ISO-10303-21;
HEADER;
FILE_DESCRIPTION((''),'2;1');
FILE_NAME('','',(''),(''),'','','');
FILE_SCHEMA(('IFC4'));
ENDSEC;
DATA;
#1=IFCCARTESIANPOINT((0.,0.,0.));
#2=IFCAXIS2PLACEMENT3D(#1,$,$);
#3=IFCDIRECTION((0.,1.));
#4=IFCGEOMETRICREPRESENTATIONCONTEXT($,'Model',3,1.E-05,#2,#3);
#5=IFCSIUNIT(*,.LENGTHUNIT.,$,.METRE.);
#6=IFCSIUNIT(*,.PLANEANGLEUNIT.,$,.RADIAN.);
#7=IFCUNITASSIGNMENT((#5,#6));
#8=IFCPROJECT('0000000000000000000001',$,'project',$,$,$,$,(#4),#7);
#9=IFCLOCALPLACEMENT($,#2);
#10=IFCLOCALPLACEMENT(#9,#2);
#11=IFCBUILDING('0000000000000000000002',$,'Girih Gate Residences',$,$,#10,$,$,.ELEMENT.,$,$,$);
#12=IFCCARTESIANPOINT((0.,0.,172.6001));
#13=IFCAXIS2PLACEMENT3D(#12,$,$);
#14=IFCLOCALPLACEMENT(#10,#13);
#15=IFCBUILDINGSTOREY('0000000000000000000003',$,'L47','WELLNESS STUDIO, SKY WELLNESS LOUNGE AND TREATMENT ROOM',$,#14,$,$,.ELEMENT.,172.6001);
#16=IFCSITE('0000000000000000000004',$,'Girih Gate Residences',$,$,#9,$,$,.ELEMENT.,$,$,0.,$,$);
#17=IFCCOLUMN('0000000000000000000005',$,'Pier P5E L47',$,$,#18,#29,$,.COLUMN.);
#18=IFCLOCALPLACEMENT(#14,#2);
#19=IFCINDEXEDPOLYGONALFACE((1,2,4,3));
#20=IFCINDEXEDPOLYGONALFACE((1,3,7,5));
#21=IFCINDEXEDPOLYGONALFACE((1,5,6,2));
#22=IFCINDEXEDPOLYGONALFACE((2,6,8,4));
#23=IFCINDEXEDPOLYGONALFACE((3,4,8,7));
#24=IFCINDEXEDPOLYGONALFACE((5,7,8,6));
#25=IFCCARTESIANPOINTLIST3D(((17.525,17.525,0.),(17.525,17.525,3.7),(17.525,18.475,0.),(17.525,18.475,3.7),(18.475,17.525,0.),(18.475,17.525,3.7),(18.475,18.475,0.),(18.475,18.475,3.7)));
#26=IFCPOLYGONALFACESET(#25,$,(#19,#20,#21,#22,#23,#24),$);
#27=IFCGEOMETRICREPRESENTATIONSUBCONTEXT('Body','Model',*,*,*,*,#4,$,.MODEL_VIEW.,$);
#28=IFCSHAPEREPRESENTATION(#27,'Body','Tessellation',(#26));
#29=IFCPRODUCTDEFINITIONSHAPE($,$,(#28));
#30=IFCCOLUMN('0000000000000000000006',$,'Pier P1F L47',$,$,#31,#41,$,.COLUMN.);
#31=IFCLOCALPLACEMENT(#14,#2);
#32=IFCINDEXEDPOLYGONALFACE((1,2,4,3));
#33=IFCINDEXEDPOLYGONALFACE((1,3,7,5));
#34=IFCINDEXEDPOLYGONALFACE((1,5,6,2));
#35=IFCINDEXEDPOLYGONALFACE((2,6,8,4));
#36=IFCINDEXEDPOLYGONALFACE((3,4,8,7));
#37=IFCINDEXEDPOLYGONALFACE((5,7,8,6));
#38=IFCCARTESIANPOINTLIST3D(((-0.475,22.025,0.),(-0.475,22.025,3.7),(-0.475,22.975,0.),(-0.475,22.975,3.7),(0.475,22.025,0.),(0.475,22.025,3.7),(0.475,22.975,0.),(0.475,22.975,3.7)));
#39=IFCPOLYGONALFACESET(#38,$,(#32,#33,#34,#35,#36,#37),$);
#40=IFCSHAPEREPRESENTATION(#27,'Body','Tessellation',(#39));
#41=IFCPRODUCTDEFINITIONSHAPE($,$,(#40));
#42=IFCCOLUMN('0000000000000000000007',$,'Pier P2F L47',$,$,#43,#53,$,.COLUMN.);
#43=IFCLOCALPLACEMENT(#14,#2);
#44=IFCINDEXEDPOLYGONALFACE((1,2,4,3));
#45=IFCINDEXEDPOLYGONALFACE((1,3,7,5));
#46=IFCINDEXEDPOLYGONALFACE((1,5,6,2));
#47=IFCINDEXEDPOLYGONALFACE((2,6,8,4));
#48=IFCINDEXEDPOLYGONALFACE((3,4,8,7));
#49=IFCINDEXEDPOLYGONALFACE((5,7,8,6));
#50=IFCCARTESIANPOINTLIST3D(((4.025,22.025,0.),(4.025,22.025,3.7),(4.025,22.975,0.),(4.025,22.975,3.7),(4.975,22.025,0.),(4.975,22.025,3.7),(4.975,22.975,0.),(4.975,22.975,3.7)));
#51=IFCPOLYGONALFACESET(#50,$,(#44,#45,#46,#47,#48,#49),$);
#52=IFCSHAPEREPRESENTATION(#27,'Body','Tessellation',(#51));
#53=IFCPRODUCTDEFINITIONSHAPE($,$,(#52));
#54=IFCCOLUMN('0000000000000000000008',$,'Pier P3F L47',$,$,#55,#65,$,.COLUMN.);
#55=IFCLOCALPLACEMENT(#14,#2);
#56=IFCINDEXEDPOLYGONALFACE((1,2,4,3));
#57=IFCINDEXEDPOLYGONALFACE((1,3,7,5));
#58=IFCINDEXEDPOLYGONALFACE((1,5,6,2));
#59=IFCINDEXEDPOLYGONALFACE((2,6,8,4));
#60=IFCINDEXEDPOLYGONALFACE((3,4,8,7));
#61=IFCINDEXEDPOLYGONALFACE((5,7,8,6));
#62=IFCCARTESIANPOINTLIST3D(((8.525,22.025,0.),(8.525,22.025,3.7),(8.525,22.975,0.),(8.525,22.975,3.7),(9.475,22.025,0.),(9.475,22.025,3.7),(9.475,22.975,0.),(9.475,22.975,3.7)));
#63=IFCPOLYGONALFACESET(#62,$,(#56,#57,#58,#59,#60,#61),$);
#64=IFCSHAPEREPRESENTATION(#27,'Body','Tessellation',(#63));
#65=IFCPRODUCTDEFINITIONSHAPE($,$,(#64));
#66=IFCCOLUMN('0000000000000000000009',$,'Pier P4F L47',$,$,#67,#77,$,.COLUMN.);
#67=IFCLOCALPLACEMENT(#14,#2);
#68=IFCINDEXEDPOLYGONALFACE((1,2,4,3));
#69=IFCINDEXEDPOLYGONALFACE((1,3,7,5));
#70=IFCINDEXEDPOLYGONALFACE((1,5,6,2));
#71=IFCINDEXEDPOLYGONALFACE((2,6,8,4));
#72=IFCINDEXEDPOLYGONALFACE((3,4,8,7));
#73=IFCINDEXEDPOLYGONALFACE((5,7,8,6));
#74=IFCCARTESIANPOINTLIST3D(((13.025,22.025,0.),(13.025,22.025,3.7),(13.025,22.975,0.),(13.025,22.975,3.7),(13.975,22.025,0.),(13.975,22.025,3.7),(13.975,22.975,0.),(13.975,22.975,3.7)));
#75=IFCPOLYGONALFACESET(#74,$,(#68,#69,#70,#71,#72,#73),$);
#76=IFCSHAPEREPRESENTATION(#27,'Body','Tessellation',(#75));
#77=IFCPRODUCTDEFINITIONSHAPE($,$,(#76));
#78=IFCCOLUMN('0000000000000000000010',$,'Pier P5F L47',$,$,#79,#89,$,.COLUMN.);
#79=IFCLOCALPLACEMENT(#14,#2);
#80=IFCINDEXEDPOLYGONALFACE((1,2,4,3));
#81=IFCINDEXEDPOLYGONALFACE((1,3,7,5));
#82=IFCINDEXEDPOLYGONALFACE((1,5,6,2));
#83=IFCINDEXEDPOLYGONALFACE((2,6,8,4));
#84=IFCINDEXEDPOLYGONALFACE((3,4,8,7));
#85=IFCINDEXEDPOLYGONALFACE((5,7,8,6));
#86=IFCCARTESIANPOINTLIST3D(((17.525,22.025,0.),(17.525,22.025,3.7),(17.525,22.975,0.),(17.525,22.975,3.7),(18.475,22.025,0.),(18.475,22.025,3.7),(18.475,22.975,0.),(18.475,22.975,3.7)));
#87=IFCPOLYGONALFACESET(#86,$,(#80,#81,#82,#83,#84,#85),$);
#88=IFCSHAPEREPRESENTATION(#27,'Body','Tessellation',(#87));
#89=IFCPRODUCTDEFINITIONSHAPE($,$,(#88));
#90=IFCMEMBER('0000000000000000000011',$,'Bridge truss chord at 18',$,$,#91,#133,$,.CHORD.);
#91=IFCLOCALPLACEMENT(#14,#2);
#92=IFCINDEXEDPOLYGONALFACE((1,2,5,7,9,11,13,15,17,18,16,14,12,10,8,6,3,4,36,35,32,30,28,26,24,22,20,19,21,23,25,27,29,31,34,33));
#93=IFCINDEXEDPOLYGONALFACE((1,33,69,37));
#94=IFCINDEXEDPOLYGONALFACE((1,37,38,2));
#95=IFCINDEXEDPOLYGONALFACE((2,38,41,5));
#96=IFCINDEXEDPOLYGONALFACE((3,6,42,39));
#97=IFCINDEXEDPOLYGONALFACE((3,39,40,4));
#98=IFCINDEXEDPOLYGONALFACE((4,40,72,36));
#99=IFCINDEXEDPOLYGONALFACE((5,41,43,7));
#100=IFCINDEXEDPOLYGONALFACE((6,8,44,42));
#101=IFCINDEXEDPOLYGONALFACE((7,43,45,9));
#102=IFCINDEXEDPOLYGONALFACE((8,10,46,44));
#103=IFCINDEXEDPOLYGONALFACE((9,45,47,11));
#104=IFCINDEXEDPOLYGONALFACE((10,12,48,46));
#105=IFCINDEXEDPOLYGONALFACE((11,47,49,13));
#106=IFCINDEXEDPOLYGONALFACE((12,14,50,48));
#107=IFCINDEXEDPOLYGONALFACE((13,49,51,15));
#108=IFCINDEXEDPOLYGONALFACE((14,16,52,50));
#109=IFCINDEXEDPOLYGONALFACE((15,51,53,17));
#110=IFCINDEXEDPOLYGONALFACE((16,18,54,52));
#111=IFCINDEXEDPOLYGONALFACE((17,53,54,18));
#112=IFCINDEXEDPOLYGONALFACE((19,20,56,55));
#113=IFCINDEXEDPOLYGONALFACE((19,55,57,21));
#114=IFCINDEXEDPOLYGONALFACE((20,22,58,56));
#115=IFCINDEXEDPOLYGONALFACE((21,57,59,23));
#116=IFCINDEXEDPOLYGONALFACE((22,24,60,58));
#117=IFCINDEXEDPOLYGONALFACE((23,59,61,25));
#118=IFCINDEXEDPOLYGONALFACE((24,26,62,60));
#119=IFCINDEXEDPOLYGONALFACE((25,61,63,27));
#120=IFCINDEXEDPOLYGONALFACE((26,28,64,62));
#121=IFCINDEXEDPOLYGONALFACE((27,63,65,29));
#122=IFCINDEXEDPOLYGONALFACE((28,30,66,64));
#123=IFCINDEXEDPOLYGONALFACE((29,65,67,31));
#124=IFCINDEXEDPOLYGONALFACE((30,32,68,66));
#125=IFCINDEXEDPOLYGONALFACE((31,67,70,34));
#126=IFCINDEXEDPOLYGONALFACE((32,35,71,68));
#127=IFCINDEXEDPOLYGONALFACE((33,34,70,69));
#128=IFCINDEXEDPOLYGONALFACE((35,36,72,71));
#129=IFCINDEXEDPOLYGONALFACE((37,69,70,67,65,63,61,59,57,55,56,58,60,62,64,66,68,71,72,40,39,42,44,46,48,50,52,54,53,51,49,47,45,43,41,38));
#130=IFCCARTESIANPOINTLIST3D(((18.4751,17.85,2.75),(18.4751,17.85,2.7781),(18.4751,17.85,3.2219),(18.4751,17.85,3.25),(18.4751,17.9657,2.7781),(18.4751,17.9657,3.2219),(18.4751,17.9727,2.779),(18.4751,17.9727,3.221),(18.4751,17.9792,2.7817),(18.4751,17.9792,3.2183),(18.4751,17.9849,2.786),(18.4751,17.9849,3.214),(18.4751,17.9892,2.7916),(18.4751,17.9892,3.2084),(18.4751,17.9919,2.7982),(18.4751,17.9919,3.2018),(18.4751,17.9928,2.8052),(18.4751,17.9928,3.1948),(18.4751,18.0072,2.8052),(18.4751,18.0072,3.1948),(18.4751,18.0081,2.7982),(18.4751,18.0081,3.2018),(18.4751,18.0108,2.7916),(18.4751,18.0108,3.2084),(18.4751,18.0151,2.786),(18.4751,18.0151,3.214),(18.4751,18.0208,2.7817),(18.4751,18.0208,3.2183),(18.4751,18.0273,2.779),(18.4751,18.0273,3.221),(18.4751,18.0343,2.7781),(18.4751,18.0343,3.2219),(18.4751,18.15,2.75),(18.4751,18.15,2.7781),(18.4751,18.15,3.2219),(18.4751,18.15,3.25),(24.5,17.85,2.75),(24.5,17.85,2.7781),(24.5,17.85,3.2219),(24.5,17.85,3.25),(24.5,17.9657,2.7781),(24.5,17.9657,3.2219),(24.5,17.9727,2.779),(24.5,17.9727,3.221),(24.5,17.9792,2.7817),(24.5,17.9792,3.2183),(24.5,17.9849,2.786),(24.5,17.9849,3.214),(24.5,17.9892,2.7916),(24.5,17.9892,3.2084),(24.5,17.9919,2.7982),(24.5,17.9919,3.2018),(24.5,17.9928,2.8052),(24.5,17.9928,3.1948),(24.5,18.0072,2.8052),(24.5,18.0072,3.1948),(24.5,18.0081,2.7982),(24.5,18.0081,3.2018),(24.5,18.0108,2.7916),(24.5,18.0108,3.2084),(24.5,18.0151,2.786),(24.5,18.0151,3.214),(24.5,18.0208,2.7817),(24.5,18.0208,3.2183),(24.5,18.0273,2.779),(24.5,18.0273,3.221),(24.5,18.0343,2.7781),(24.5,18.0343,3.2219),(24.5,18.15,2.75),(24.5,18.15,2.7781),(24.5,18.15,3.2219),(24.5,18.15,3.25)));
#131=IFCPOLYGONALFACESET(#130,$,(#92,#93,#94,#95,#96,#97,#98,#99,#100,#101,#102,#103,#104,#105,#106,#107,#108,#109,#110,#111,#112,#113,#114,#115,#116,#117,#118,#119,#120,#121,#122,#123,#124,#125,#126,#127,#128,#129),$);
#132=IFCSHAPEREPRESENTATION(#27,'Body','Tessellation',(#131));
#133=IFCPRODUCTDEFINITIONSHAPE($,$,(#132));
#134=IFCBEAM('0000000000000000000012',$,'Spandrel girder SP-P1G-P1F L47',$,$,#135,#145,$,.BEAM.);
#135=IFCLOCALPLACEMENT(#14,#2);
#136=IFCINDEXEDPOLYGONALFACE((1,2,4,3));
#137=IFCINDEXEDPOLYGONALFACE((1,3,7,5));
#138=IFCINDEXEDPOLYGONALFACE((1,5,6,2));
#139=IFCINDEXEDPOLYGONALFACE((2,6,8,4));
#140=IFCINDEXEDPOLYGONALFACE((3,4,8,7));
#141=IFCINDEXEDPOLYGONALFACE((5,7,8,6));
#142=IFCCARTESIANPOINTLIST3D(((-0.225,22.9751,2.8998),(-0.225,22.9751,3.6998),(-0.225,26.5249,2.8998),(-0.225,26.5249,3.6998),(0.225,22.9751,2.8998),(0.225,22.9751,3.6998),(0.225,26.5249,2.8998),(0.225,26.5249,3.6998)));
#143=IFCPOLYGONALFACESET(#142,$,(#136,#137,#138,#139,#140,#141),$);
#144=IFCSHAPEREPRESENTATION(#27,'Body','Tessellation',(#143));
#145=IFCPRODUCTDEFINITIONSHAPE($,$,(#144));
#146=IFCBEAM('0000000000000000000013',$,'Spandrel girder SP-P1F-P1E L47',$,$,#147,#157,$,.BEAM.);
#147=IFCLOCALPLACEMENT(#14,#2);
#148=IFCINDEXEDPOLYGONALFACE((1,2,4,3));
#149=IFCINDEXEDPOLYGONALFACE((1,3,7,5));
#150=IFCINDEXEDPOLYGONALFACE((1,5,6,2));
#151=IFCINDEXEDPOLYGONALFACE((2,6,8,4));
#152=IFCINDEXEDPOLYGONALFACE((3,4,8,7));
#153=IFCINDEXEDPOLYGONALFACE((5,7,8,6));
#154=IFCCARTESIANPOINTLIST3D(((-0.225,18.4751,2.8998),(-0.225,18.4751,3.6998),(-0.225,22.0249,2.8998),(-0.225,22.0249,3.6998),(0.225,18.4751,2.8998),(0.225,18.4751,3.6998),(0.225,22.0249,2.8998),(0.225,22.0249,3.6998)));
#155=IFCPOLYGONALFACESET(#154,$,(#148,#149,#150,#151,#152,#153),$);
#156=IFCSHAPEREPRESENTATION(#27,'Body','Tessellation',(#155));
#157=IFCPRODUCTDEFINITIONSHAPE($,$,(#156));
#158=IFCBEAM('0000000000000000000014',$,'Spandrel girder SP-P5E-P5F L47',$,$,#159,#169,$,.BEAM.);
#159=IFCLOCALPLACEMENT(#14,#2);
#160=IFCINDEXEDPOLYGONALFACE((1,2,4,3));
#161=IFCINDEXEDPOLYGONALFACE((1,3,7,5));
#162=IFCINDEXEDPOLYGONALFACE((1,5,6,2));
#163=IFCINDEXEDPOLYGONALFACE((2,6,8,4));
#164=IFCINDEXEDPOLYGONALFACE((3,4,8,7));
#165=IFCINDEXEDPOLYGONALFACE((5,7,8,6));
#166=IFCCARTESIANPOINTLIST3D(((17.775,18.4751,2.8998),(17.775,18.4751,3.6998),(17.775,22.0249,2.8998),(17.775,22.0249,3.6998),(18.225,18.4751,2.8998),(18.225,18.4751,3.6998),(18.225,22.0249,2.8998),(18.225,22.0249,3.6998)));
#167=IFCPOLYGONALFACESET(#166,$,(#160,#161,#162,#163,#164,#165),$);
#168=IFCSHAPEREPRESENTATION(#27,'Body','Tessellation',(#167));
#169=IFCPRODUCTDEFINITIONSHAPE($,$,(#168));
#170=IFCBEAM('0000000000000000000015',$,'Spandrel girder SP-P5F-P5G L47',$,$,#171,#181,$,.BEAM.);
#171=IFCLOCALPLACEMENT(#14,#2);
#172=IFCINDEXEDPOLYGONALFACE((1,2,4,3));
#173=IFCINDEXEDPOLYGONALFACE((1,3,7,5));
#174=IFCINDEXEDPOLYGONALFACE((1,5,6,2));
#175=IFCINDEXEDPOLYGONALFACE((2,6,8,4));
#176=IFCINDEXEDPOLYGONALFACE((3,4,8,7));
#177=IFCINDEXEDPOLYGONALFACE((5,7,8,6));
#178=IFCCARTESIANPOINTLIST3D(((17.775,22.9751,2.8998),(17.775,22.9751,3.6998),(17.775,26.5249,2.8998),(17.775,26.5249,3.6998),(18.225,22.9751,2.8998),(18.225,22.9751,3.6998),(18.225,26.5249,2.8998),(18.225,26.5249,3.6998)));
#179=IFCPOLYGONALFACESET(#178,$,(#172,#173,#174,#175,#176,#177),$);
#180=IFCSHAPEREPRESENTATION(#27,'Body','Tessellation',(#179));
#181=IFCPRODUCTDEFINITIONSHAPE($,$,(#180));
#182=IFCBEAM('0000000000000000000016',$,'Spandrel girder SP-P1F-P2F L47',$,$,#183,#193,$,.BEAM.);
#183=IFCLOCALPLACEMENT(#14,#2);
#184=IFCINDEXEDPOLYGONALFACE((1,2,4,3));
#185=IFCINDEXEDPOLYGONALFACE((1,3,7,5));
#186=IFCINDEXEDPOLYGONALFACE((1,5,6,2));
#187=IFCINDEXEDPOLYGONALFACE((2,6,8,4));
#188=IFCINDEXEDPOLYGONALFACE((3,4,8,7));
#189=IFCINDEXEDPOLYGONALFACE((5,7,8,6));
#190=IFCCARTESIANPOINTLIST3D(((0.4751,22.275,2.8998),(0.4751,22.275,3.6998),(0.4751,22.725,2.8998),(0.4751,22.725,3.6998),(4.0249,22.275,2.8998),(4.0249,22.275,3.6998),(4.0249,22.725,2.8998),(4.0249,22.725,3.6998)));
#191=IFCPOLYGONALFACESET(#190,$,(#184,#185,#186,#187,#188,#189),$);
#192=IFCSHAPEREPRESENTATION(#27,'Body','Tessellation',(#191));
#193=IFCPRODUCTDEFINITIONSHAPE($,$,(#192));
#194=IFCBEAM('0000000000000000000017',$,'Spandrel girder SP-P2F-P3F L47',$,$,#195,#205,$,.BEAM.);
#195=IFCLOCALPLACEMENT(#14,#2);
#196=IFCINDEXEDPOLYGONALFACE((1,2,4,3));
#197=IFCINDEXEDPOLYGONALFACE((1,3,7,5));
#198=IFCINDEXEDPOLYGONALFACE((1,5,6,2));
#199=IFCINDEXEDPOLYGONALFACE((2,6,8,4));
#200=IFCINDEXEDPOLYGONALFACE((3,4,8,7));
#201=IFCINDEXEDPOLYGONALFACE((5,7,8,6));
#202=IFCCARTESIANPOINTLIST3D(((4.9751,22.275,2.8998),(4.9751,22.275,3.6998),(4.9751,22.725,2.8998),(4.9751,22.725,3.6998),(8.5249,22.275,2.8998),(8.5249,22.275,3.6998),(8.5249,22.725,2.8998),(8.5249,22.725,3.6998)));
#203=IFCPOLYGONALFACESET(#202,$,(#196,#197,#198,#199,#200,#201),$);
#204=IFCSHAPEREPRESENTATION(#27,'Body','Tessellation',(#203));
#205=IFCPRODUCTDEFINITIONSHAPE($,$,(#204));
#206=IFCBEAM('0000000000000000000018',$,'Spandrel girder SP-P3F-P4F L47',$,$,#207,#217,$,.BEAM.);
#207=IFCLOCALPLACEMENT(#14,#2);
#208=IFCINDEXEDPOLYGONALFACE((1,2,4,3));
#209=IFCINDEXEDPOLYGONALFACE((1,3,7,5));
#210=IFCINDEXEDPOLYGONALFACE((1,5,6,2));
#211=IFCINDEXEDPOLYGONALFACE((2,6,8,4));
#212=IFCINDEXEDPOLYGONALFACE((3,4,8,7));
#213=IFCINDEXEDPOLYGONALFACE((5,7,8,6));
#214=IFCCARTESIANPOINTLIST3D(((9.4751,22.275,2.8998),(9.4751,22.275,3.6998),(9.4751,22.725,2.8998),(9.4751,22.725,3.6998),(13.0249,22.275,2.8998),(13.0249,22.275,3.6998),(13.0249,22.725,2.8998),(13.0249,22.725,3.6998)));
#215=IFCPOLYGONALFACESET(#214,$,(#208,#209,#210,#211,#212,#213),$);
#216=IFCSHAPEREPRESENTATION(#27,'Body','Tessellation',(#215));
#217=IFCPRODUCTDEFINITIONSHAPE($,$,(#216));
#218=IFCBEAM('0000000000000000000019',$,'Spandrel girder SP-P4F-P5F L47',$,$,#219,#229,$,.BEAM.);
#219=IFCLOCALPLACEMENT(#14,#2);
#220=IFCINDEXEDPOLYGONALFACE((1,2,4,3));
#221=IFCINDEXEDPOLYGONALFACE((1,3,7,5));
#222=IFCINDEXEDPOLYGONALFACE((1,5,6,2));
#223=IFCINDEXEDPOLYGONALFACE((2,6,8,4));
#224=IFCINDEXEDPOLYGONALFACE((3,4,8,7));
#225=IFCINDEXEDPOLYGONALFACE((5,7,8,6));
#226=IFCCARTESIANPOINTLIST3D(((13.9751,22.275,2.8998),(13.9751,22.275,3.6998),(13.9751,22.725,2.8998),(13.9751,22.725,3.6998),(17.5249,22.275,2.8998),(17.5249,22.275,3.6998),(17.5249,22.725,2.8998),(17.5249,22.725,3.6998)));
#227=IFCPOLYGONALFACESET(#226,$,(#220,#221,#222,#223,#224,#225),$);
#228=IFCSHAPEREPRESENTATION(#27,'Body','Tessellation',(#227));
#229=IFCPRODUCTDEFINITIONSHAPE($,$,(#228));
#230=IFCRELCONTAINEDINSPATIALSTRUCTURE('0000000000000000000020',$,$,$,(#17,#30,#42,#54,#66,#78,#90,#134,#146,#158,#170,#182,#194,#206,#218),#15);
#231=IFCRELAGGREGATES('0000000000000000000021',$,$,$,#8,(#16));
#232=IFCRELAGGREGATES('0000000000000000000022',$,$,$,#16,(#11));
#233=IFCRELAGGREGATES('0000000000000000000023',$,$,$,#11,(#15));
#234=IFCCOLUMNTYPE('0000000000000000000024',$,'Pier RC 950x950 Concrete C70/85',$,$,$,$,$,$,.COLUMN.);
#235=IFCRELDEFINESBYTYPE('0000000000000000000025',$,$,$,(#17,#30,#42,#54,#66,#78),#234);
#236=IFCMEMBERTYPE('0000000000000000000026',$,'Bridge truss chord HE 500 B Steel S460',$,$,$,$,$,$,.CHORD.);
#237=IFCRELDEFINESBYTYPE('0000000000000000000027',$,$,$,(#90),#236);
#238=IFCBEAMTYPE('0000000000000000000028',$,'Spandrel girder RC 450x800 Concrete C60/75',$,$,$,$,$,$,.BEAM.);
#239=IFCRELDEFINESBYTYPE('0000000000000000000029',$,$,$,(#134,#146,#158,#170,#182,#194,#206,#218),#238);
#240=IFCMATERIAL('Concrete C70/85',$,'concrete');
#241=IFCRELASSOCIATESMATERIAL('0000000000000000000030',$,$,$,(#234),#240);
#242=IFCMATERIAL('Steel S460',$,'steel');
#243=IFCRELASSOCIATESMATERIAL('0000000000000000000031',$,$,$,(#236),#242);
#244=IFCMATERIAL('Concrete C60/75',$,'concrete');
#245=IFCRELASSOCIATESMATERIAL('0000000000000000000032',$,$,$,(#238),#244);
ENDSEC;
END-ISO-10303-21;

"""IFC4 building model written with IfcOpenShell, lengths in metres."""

from ifc_helpers import new_model, si_unit, direction, frame, origin, origin_2d, place, context, subcontext, project, spatial, rectangle, i_section, extrude, material, material_profile, profile_set, type_object, element, save


model = new_model("IFC4")

# Units and contexts
model_context = context("Model", 3, precision=1e-05, world=origin(), true_north=direction((0.0, 1.0)))
body_context = subcontext(model_context, "Body", "Model", "MODEL_VIEW")
ifc_project = project(units=[si_unit("LENGTHUNIT", "METRE"), si_unit("PLANEANGLEUNIT", "RADIAN")], contexts=[model_context])

# Site, building, storey
site_placement = place(None, origin())
site = spatial("IfcSite", under=ifc_project, at=site_placement, Name="Girih Gate Residences", CompositionType="ELEMENT", RefElevation=0.0)
building_placement = place(site_placement, origin())
building = spatial("IfcBuilding", under=site, at=building_placement, Name="Girih Gate Residences", CompositionType="ELEMENT")
storey_placement = place(building_placement, frame((0.0, 0.0, 172.6001)))
storey = spatial("IfcBuildingStorey", under=building, at=storey_placement, Name="L47", Description="WELLNESS STUDIO, SKY WELLNESS LOUNGE AND TREATMENT ROOM", CompositionType="ELEMENT", Elevation=172.6001)

# Columns
ifc_material_1 = material(Name="Concrete C70/85", Category="concrete")
ifc_material_profile_1 = material_profile(ifc_material_1, rectangle(XDim=0.95, YDim=0.95, at=origin_2d()))
ifc_profile_set_1 = profile_set([ifc_material_profile_1], Name="Concrete C70/85")
column_type = type_object("IfcColumnType", Name="Pier RC 950x950 Concrete C70/85", PredefinedType="COLUMN", material=ifc_profile_set_1)
for number, where, z_axis, x_axis, name in (
    (1, (18.0, 18.0, 0.0), (0.0, 0.0, 1.0), (1.0, 0.0, 0.0), "Pier P5E L47"),
    (2, (0.0, 22.5, 0.0), (0.0, 0.0, 1.0), (1.0, 0.0, 0.0), "Pier P1F L47"),
    (3, (4.5, 22.5, 0.0), (0.0, 0.0, 1.0), (1.0, 0.0, 0.0), "Pier P2F L47"),
    (4, (9.0, 22.5, 0.0), (0.0, 0.0, 1.0), (1.0, 0.0, 0.0), "Pier P3F L47"),
    (5, (13.5, 22.5, 0.0), (0.0, 0.0, 1.0), (1.0, 0.0, 0.0), "Pier P4F L47"),
    (6, (18.0, 22.5, 0.0), (0.0, 0.0, 1.0), (1.0, 0.0, 0.0), "Pier P5F L47"),
):
    element("IfcColumn", number, at=place(storey_placement, frame(where, z_axis=z_axis, x_axis=x_axis)), inside=storey, type_object=column_type, Name=name, PredefinedType="COLUMN", context=body_context, shape_type="SweptSolid", body=[
        extrude(rectangle(XDim=0.95, YDim=0.95, at=origin_2d()), origin(), (0.0, 0.0, 1.0), 3.7),
    ])

# Member
ifc_material_2 = material(Name="Steel S460", Category="steel")
ifc_material_profile_2 = material_profile(ifc_material_2, i_section(OverallWidth=0.3, OverallDepth=0.5, WebThickness=0.0144, FlangeThickness=0.0281, FilletRadius=0.0271, at=origin_2d()))
ifc_profile_set_2 = profile_set([ifc_material_profile_2], Name="Steel S460")
member_type = type_object("IfcMemberType", Name="Bridge truss chord HE 500 B Steel S460", PredefinedType="CHORD", material=ifc_profile_set_2)
member_placement = place(storey_placement, frame((18.4751, 18.0, 3.0), z_axis=(1.0, 0.0, 0.0), x_axis=(0.0, 1.0, 0.0)))
element("IfcMember", 7, at=member_placement, inside=storey, type_object=member_type, Name="Bridge truss chord at 18", PredefinedType="CHORD", context=body_context, shape_type="SweptSolid", body=[
    extrude(i_section(OverallWidth=0.3, OverallDepth=0.5, WebThickness=0.0144, FlangeThickness=0.0281, FilletRadius=0.0271, at=origin_2d()), origin(), (0.0, 0.0, 1.0), 6.0249),
])

# Beams
ifc_material_3 = material(Name="Concrete C60/75", Category="concrete")
ifc_material_profile_3 = material_profile(ifc_material_3, rectangle(XDim=0.45, YDim=0.8, at=origin_2d()))
ifc_profile_set_3 = profile_set([ifc_material_profile_3], Name="Concrete C60/75")
beam_type = type_object("IfcBeamType", Name="Spandrel girder RC 450x800 Concrete C60/75", PredefinedType="BEAM", material=ifc_profile_set_3)
for number, where, z_axis, x_axis, name in (
    (8, (0.0, 26.5249, 3.2998), (0.0, -1.0, 0.0), (1.0, 0.0, 0.0), "Spandrel girder SP-P1G-P1F L47"),
    (9, (0.0, 22.0249, 3.2998), (0.0, -1.0, 0.0), (1.0, 0.0, 0.0), "Spandrel girder SP-P1F-P1E L47"),
    (10, (18.0, 18.4751, 3.2998), (0.0, 1.0, 0.0), (-1.0, 0.0, 0.0), "Spandrel girder SP-P5E-P5F L47"),
    (11, (18.0, 22.9751, 3.2998), (0.0, 1.0, 0.0), (-1.0, 0.0, 0.0), "Spandrel girder SP-P5F-P5G L47"),
    (12, (0.4751, 22.5, 3.2998), (1.0, 0.0, 0.0), (0.0, 1.0, 0.0), "Spandrel girder SP-P1F-P2F L47"),
    (13, (4.9751, 22.5, 3.2998), (1.0, 0.0, 0.0), (0.0, 1.0, 0.0), "Spandrel girder SP-P2F-P3F L47"),
    (14, (9.4751, 22.5, 3.2998), (1.0, 0.0, 0.0), (0.0, 1.0, 0.0), "Spandrel girder SP-P3F-P4F L47"),
    (15, (13.9751, 22.5, 3.2998), (1.0, 0.0, 0.0), (0.0, 1.0, 0.0), "Spandrel girder SP-P4F-P5F L47"),
):
    element("IfcBeam", number, at=place(storey_placement, frame(where, z_axis=z_axis, x_axis=x_axis)), inside=storey, type_object=beam_type, Name=name, PredefinedType="BEAM", context=body_context, shape_type="SweptSolid", body=[
        extrude(rectangle(XDim=0.45, YDim=0.8, at=origin_2d()), origin(), (0.0, 0.0, 1.0), 3.5498),
    ])

save(model, "model.ifc")
